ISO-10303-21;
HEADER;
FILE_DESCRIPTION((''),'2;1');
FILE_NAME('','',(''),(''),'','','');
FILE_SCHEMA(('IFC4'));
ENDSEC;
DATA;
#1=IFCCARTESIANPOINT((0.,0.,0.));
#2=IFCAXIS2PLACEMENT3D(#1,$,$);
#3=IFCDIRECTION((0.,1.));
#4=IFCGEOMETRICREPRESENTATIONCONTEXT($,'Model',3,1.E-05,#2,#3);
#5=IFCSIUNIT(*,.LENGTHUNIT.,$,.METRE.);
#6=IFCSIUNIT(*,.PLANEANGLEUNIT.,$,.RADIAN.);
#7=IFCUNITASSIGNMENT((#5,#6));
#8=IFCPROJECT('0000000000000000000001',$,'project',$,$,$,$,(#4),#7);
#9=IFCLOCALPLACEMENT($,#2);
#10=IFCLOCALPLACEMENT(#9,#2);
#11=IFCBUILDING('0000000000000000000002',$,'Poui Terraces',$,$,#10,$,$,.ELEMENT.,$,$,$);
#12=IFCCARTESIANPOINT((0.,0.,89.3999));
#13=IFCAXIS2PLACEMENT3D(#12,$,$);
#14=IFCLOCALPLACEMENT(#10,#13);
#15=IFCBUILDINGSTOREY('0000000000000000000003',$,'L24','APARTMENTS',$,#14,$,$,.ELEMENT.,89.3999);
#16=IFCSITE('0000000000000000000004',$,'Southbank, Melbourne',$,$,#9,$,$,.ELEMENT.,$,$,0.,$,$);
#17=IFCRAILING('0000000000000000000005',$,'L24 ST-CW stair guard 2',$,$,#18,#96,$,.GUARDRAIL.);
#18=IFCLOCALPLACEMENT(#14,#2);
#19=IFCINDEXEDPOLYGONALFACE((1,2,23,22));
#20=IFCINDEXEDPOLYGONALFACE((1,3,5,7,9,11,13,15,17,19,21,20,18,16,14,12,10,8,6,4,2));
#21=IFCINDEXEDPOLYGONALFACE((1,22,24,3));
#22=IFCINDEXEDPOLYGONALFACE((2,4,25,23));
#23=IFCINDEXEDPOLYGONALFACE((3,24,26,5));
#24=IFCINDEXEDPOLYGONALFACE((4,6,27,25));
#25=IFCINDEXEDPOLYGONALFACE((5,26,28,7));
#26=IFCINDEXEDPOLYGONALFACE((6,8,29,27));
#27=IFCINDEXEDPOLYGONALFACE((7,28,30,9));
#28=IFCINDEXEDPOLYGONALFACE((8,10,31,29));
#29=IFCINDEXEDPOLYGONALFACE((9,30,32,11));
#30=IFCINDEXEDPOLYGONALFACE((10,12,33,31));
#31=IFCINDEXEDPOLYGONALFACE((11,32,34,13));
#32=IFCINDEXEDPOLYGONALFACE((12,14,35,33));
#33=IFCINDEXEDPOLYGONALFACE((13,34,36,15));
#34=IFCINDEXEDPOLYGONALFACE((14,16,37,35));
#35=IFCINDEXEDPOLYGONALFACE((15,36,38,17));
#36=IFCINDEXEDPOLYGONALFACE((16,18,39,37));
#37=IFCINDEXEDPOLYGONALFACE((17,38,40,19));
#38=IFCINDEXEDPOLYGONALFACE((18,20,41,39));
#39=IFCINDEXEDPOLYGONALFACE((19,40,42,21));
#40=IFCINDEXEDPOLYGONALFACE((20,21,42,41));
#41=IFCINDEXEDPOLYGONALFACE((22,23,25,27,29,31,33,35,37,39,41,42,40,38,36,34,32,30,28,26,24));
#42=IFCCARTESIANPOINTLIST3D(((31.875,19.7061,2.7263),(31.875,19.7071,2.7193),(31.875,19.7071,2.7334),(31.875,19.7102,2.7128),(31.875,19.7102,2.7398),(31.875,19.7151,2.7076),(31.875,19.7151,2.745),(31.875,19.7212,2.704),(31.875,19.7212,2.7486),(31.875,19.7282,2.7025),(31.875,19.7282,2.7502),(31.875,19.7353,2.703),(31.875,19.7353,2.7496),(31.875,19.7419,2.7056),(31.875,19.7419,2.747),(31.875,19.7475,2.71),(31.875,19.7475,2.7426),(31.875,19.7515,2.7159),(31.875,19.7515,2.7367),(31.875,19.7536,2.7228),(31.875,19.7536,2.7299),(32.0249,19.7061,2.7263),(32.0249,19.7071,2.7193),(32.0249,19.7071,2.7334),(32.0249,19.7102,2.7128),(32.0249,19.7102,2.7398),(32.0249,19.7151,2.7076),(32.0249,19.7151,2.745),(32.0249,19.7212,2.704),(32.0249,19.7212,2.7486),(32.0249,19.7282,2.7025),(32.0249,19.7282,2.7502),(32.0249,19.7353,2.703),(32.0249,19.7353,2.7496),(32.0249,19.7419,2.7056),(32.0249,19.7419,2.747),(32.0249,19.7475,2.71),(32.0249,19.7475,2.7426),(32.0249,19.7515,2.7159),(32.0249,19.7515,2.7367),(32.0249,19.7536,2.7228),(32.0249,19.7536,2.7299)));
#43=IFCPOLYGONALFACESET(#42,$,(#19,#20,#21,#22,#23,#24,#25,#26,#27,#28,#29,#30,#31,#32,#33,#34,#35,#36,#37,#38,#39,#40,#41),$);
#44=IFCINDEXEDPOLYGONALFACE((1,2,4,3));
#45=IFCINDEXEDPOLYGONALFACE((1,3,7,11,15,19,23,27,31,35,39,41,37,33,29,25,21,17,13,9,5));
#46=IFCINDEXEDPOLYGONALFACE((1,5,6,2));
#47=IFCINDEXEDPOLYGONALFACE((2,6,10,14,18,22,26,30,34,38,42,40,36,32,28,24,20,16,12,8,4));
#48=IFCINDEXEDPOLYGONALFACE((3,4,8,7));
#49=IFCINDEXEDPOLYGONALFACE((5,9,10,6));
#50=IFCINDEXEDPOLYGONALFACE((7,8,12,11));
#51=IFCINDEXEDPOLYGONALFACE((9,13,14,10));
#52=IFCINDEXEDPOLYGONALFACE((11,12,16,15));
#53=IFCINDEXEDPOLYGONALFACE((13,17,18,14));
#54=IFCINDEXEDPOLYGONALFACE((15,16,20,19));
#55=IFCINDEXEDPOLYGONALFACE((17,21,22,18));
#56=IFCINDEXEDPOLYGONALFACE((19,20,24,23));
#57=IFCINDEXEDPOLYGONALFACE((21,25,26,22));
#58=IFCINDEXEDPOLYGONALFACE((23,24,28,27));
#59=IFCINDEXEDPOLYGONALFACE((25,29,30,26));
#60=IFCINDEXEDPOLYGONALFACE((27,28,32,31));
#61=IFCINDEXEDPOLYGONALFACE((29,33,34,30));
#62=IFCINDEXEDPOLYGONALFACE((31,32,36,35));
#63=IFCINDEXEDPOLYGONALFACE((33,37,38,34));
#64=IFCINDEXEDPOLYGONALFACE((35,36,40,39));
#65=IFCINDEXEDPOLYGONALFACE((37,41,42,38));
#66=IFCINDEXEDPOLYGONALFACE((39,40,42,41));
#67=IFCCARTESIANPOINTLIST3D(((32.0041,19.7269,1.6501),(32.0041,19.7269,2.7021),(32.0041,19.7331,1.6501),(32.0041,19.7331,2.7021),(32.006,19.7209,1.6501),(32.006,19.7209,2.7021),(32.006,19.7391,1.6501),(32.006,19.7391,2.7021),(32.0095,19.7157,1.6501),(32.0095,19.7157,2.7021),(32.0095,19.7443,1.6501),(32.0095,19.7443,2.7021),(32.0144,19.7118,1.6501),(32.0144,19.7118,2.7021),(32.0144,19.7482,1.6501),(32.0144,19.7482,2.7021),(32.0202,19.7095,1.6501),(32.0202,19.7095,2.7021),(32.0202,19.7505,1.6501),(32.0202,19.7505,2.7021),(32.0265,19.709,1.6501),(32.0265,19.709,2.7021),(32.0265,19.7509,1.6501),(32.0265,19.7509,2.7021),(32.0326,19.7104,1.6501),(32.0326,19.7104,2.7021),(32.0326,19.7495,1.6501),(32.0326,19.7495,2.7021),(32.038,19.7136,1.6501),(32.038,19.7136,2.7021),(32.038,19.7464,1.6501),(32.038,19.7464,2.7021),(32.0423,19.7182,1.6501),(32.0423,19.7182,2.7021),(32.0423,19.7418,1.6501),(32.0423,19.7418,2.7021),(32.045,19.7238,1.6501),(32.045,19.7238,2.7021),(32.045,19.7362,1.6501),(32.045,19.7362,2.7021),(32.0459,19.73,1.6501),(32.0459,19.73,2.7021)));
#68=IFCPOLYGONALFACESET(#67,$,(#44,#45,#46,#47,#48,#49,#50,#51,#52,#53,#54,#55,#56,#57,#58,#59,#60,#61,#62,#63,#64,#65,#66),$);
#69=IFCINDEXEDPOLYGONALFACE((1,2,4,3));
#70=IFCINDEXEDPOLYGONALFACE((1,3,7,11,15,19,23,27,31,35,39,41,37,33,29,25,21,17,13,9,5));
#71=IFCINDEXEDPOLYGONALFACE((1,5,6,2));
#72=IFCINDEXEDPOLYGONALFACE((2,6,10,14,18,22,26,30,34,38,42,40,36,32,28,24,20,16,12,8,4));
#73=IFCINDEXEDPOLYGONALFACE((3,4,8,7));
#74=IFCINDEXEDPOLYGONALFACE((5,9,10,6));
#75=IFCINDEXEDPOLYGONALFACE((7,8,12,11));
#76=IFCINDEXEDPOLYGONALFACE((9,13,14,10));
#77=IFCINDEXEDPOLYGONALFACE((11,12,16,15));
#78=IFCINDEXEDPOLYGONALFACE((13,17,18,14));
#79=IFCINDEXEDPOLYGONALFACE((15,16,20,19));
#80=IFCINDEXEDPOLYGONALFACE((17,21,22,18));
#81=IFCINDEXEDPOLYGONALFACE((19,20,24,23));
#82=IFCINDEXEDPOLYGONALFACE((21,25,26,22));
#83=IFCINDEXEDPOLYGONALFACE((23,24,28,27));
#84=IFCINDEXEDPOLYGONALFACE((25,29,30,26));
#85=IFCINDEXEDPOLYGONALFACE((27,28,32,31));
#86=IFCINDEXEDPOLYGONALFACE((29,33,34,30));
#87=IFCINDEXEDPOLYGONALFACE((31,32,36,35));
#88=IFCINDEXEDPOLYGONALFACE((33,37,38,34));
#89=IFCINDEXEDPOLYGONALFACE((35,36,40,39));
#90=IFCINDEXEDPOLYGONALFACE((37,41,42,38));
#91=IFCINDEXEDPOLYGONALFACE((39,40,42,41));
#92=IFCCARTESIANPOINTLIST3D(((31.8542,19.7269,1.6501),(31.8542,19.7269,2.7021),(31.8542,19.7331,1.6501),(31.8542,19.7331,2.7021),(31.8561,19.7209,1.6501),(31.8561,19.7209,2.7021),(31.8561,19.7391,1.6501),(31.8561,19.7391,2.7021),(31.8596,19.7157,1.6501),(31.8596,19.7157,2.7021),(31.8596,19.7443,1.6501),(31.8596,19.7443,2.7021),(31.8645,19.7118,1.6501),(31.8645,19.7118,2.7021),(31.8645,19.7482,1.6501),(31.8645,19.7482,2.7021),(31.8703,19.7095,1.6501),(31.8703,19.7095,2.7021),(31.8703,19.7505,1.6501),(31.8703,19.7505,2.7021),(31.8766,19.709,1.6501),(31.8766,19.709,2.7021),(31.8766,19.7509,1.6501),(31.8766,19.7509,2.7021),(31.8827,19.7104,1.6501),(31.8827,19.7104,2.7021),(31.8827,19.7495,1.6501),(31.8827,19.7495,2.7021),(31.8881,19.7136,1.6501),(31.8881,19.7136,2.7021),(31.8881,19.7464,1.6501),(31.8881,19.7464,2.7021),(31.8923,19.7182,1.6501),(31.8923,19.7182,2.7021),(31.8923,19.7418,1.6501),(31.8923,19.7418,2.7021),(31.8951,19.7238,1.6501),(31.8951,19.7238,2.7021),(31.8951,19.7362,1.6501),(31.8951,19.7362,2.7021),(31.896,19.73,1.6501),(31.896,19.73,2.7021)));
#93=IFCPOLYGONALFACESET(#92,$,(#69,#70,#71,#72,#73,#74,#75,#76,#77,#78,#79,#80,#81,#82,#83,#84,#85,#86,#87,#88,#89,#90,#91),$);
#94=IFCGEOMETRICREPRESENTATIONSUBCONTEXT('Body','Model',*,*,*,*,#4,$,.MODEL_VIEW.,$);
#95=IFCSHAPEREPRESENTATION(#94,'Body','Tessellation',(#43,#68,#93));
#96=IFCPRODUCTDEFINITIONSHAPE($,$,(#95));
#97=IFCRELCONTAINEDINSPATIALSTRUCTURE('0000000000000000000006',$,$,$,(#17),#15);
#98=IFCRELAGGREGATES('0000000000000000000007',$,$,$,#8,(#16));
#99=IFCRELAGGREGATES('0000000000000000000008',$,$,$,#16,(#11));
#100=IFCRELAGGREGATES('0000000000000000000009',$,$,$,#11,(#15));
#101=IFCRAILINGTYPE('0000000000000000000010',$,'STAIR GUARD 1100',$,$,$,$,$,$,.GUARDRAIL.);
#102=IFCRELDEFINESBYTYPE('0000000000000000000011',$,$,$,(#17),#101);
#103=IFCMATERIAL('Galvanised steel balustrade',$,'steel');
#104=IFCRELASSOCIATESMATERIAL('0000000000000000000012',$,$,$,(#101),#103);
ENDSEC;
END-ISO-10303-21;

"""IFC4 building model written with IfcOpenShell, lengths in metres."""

from ifc_helpers import new_model, si_unit, direction, frame, origin, origin_2d, place, context, subcontext, project, spatial, circle, extrude, material, type_object, element, save


model = new_model("IFC4")

# Units and contexts
model_context = context("Model", 3, precision=1e-05, world=origin(), true_north=direction((0.0, 1.0)))
body_context = subcontext(model_context, "Body", "Model", "MODEL_VIEW")
ifc_project = project(units=[si_unit("LENGTHUNIT", "METRE"), si_unit("PLANEANGLEUNIT", "RADIAN")], contexts=[model_context])

# Site, building, storey
site_placement = place(None, origin())
site = spatial("IfcSite", under=ifc_project, at=site_placement, Name="Southbank, Melbourne", CompositionType="ELEMENT", RefElevation=0.0)
building_placement = place(site_placement, origin())
building = spatial("IfcBuilding", under=site, at=building_placement, Name="Poui Terraces", CompositionType="ELEMENT")
storey_placement = place(building_placement, frame((0.0, 0.0, 89.3999)))
storey = spatial("IfcBuildingStorey", under=building, at=storey_placement, Name="L24", Description="APARTMENTS", CompositionType="ELEMENT", Elevation=89.3999)

# Railing
ifc_material_1 = material(Name="Galvanised steel balustrade", Category="steel")
railing_type_1 = type_object("IfcRailingType", Name="STAIR GUARD 1100", PredefinedType="GUARDRAIL", material=ifc_material_1)
railing_1_placement = place(storey_placement, frame((32.0249, 19.73, 1.6501)))
element("IfcRailing", 1, at=railing_1_placement, inside=storey, type_object=railing_type_1, Name="L24 ST-CW stair guard 2", PredefinedType="GUARDRAIL", context=body_context, shape_type="SweptSolid", body=[
    extrude(circle(Radius=0.0239, at=origin_2d()), frame((0.0, 0.0, 1.0762), z_axis=(-1.0, 0.0, 0.0), x_axis=(0.0, -1.0, 0.0)), (0.0, 0.0, 1.0), 0.1499),
    extrude(circle(Radius=0.021, at=origin_2d()), origin(), (0.0, 0.0, 1.0), 1.052),
    extrude(circle(Radius=0.021, at=origin_2d()), frame((-0.1499, 0.0, 0.0)), (0.0, 0.0, 1.0), 1.052),
])

save(model, "model.ifc")
